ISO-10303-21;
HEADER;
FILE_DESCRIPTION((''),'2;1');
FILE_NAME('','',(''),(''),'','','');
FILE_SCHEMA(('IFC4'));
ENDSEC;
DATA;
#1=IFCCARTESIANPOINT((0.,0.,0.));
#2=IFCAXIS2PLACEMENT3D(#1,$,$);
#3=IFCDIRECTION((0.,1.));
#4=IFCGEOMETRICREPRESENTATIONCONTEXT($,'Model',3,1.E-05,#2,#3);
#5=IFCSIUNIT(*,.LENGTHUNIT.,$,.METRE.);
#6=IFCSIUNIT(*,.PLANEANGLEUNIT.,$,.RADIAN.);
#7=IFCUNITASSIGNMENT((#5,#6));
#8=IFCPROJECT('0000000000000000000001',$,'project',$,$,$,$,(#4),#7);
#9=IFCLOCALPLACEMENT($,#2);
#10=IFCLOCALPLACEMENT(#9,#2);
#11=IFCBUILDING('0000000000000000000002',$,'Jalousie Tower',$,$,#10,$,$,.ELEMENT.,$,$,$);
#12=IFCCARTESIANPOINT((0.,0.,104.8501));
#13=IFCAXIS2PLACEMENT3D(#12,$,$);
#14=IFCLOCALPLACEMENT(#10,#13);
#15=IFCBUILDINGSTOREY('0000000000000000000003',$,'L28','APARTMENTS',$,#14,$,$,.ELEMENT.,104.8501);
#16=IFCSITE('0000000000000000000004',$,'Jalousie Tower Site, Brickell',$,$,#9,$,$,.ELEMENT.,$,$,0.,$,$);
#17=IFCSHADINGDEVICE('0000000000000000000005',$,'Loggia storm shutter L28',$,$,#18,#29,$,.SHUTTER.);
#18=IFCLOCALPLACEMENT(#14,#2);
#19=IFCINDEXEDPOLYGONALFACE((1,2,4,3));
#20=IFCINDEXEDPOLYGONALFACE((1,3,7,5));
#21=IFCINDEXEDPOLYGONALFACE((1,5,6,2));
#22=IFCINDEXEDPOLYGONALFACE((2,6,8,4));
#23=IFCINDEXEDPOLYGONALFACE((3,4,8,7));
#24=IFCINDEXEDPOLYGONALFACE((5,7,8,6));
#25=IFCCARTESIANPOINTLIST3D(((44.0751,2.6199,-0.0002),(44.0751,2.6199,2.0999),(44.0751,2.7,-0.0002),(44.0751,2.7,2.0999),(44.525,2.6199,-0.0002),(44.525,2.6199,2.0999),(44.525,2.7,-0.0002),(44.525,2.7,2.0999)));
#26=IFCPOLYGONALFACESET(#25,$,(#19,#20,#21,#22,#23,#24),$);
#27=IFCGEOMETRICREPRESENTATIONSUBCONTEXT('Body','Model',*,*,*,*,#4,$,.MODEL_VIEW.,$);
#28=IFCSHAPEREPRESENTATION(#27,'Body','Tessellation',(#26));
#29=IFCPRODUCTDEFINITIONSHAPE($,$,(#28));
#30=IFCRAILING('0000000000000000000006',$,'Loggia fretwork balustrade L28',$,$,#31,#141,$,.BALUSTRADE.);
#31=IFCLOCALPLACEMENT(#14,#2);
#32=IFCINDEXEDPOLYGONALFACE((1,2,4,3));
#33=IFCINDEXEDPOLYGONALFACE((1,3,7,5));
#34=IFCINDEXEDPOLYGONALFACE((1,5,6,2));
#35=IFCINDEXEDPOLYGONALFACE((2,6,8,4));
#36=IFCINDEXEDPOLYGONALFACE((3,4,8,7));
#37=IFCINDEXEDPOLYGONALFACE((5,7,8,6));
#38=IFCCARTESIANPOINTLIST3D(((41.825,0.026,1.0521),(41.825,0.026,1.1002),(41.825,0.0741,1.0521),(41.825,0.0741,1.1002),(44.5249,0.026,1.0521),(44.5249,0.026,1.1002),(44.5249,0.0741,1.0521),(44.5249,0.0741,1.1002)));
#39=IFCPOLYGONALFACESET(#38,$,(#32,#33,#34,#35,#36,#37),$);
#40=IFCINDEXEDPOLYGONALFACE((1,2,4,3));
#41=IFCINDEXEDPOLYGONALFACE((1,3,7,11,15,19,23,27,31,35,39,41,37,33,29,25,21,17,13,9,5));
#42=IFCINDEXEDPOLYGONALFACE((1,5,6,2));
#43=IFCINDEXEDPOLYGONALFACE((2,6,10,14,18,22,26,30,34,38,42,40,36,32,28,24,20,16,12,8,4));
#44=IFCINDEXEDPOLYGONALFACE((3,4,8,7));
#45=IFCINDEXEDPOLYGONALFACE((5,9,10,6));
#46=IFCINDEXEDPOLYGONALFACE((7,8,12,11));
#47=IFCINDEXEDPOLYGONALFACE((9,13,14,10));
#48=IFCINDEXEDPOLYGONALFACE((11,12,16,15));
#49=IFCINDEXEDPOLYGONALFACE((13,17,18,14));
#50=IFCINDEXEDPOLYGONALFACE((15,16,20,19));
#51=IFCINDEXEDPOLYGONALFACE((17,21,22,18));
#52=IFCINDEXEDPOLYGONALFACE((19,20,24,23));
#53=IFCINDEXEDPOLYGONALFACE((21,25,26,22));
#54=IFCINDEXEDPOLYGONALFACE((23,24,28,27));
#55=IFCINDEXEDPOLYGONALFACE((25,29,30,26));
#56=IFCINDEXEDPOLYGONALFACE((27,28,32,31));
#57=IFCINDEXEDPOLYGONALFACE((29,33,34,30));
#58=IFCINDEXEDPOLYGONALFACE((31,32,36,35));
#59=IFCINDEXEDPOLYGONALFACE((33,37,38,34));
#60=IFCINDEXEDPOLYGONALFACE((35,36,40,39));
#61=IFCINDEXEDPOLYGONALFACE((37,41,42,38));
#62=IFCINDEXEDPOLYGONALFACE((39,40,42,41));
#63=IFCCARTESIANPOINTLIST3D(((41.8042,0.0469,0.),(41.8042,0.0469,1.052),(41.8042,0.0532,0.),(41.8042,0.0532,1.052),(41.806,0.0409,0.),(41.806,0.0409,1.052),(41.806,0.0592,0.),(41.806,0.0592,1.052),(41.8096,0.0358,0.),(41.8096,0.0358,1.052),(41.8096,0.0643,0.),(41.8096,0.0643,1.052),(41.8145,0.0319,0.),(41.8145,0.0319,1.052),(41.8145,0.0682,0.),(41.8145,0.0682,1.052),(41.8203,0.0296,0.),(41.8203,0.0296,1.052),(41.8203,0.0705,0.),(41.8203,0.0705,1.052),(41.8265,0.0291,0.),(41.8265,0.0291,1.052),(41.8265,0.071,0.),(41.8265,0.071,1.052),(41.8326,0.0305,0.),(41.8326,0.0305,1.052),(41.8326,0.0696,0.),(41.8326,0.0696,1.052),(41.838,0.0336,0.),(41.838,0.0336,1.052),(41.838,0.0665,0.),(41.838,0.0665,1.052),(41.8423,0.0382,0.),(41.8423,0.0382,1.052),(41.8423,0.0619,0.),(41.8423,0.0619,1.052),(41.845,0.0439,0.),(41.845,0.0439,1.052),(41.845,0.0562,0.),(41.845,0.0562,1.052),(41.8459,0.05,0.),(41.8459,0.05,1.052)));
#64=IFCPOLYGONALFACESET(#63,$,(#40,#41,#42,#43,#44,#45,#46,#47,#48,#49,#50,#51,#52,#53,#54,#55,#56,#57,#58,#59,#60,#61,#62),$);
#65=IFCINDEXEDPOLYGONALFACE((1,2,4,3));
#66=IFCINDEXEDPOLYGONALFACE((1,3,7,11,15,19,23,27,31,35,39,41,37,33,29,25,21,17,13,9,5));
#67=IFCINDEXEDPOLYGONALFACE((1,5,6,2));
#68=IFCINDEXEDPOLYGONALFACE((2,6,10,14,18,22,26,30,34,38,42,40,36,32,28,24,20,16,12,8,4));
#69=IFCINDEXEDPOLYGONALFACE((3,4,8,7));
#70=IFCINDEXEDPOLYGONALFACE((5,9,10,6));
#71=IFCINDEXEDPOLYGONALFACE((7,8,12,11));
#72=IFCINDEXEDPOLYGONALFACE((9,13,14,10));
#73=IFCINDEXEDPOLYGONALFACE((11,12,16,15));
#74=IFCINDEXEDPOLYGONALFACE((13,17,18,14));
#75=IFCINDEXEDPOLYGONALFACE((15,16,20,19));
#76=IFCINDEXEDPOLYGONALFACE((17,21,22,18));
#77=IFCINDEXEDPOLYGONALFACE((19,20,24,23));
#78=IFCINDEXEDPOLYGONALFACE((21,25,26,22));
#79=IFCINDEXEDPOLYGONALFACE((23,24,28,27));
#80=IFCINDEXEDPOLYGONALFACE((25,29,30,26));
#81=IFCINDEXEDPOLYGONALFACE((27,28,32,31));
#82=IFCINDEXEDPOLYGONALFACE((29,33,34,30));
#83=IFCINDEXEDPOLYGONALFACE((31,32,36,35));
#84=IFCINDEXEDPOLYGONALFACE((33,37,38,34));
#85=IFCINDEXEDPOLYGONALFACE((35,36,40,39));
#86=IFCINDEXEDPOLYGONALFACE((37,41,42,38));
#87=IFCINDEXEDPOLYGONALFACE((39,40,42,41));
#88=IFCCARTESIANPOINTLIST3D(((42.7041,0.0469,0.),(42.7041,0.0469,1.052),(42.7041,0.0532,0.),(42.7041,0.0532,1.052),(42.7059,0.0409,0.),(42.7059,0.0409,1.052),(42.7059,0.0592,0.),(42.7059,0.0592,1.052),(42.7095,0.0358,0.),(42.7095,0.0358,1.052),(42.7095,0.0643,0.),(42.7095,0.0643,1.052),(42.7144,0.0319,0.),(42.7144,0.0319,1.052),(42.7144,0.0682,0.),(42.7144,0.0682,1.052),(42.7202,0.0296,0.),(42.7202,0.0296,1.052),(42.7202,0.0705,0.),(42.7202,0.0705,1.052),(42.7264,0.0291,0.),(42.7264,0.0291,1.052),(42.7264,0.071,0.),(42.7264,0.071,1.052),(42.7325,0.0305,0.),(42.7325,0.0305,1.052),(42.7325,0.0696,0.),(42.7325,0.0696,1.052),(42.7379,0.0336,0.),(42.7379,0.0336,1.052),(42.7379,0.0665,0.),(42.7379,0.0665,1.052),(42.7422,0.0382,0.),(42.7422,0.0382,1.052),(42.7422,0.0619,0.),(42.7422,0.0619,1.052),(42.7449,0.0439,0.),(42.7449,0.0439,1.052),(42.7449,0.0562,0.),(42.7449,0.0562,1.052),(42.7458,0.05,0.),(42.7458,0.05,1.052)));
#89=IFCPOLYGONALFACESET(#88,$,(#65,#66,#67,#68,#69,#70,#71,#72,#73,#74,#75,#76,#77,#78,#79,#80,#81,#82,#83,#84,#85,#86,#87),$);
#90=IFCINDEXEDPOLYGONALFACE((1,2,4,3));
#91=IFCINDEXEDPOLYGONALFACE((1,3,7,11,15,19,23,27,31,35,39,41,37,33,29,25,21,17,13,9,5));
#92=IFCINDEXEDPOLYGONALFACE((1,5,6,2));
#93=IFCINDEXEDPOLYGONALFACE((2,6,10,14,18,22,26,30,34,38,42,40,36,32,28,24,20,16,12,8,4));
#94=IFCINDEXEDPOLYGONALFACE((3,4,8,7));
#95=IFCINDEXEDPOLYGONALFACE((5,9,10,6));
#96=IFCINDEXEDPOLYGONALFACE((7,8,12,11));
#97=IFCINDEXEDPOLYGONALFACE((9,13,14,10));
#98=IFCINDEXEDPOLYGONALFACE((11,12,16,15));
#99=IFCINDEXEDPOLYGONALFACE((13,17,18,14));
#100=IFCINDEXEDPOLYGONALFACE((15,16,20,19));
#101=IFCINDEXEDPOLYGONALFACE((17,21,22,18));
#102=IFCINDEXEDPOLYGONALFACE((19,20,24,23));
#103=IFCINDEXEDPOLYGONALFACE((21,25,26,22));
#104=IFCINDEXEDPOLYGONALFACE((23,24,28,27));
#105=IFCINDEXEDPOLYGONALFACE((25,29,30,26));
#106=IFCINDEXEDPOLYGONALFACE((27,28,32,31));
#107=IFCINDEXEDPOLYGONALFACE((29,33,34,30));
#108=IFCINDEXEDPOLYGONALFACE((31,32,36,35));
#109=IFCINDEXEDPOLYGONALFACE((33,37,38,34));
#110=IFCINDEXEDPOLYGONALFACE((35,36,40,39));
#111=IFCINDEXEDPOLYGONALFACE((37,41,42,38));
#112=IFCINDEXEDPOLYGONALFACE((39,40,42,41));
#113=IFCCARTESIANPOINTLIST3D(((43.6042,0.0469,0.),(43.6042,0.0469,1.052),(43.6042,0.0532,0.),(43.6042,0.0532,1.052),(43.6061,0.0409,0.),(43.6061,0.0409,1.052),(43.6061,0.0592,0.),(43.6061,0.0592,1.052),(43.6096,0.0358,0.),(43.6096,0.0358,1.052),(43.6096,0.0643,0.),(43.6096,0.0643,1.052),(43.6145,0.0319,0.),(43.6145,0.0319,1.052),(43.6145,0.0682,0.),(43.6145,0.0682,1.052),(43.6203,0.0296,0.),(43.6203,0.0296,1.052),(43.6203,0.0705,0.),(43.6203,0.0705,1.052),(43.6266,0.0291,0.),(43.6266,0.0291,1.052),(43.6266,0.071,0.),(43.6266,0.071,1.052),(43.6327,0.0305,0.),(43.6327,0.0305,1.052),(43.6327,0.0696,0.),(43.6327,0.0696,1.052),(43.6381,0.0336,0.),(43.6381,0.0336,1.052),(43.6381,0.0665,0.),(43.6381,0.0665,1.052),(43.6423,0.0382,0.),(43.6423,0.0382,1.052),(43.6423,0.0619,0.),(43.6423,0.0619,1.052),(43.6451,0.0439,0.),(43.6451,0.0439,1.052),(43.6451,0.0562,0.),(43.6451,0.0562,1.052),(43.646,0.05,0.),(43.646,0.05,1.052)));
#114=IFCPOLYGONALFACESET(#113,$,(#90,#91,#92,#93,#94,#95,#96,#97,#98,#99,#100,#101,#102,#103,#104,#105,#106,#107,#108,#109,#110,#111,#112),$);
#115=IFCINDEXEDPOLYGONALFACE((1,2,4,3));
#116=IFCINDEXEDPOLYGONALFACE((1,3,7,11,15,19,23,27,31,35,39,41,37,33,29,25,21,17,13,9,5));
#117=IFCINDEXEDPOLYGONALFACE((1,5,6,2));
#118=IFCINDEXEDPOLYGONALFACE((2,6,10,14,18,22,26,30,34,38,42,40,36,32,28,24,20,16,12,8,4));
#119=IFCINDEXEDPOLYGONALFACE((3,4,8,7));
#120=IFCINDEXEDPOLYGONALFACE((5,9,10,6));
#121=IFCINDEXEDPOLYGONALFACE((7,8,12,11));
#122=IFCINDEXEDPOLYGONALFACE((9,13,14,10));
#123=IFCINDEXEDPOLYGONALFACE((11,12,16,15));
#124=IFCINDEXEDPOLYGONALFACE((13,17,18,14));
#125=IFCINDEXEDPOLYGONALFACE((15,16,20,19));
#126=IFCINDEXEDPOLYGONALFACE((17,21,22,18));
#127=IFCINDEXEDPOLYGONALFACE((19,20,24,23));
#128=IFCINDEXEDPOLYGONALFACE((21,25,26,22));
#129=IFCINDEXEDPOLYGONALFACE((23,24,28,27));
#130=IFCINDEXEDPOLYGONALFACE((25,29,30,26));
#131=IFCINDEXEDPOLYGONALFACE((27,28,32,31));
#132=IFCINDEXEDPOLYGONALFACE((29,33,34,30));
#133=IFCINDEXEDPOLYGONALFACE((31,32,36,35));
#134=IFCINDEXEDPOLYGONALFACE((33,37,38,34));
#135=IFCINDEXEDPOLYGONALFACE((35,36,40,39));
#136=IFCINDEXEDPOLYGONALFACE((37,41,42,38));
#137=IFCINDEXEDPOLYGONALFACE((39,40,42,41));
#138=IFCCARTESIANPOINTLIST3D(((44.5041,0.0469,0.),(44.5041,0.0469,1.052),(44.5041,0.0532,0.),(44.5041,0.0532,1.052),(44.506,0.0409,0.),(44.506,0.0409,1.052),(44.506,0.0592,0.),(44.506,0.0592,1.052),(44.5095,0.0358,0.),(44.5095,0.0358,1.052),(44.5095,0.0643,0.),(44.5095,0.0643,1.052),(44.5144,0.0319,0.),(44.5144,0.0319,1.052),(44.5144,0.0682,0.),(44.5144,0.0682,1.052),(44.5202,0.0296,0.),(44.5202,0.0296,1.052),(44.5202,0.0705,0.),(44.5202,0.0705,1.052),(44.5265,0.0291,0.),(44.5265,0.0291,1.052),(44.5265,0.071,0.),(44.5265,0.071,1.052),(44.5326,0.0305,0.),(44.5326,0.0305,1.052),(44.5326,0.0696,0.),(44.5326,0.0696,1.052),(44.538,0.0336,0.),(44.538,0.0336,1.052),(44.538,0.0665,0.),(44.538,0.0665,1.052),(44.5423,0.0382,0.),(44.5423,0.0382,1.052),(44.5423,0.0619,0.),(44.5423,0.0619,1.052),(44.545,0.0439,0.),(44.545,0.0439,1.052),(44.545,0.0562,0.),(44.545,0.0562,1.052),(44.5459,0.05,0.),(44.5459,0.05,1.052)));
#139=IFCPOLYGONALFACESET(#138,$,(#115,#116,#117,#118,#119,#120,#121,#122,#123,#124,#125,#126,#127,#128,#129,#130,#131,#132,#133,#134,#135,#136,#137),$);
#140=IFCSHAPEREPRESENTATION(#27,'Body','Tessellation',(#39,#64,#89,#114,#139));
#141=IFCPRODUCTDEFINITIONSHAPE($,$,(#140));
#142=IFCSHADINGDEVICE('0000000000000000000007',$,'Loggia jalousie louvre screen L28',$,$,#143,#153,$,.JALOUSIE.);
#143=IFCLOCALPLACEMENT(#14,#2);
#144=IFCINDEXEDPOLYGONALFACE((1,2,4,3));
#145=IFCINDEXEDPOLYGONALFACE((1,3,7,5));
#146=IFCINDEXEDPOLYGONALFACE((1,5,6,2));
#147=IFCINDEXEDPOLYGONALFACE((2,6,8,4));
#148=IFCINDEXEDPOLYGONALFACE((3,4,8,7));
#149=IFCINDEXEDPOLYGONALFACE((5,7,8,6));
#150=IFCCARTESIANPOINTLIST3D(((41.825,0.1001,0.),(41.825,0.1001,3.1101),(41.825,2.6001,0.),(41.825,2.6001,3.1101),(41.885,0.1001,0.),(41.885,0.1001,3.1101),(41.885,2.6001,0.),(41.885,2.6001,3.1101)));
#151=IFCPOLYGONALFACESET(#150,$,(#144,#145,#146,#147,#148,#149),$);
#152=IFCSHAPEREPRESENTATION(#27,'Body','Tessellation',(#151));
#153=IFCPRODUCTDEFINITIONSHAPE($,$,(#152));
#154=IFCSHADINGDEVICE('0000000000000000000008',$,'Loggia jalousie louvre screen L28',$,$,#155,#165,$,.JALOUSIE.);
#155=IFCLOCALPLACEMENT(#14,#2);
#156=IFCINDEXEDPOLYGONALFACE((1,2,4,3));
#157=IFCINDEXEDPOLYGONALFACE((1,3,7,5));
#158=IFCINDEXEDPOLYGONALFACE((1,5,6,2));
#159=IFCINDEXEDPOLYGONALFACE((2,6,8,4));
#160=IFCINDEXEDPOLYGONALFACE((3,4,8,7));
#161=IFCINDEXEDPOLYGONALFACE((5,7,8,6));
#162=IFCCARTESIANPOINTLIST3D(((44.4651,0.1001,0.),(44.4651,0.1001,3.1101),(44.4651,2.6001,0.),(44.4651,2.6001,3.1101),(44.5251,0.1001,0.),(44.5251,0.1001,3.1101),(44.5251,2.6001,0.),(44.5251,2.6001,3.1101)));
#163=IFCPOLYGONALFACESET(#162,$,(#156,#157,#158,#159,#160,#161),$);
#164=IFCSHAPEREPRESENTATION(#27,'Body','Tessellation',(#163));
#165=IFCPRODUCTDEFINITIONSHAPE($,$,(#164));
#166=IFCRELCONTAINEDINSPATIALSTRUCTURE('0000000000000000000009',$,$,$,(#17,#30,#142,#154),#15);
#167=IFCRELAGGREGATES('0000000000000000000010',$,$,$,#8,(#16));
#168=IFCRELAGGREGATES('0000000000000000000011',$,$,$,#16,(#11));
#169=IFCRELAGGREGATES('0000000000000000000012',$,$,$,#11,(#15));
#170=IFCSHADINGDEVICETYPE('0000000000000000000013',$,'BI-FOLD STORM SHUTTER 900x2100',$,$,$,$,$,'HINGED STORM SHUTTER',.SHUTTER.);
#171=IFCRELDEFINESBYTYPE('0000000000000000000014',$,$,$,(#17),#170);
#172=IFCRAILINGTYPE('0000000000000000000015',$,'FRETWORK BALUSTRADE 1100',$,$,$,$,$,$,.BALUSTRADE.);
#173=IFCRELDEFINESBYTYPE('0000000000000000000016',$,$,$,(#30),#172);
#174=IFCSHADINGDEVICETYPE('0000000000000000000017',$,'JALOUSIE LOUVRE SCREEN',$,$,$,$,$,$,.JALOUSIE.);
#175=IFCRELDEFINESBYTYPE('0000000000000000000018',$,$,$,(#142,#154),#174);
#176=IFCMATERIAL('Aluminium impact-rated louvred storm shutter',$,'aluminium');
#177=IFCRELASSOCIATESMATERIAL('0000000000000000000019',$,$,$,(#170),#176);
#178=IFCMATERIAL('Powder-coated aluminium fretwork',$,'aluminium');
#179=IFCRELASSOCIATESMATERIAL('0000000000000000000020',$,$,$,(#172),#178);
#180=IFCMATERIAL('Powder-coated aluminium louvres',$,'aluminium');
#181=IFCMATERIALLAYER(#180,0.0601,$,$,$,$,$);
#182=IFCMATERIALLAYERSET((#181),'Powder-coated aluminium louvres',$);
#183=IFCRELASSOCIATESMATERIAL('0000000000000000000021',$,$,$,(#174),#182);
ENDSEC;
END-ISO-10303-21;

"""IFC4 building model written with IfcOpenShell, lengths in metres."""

from ifc_helpers import new_model, si_unit, direction, frame, origin, origin_2d, place, context, subcontext, project, spatial, rectangle, circle, extrude, material, layer, layer_set, type_object, element, save


model = new_model("IFC4")

# Units and contexts
model_context = context("Model", 3, precision=1e-05, world=origin(), true_north=direction((0.0, 1.0)))
body_context = subcontext(model_context, "Body", "Model", "MODEL_VIEW")
ifc_project = project(units=[si_unit("LENGTHUNIT", "METRE"), si_unit("PLANEANGLEUNIT", "RADIAN")], contexts=[model_context])

# Site, building, storey
site_placement = place(None, origin())
site = spatial("IfcSite", under=ifc_project, at=site_placement, Name="Jalousie Tower Site, Brickell", CompositionType="ELEMENT", RefElevation=0.0)
building_placement = place(site_placement, origin())
building = spatial("IfcBuilding", under=site, at=building_placement, Name="Jalousie Tower", CompositionType="ELEMENT")
storey_placement = place(building_placement, frame((0.0, 0.0, 104.8501)))
storey = spatial("IfcBuildingStorey", under=building, at=storey_placement, Name="L28", Description="APARTMENTS", CompositionType="ELEMENT", Elevation=104.8501)

# Shading device
ifc_material_1 = material(Name="Aluminium impact-rated louvred storm shutter", Category="aluminium")
shading_device_type_1 = type_object("IfcShadingDeviceType", Name="BI-FOLD STORM SHUTTER 900x2100", ElementType="HINGED STORM SHUTTER", PredefinedType="SHUTTER", material=ifc_material_1)
for number, where, z_axis, x_axis, name in (
    (1, (44.3, 2.6599, -0.0002), (0.0, 0.0, 1.0), (1.0, 0.0, 0.0), "Loggia storm shutter L28"),
):
    element("IfcShadingDevice", number, at=place(storey_placement, frame(where, z_axis=z_axis, x_axis=x_axis)), inside=storey, type_object=shading_device_type_1, Name=name, PredefinedType="SHUTTER", context=body_context, shape_type="SweptSolid", body=[
        extrude(rectangle(XDim=0.45, YDim=0.0801, at=origin_2d()), origin(), (0.0, 0.0, 1.0), 2.1001),
    ])

# Railing
ifc_material_2 = material(Name="Powder-coated aluminium fretwork", Category="aluminium")
railing_type = type_object("IfcRailingType", Name="FRETWORK BALUSTRADE 1100", PredefinedType="BALUSTRADE", material=ifc_material_2)
railing_placement = place(storey_placement, frame((41.825, 0.05, 0.0)))
element("IfcRailing", 2, at=railing_placement, inside=storey, type_object=railing_type, Name="Loggia fretwork balustrade L28", PredefinedType="BALUSTRADE", context=body_context, shape_type="SweptSolid", body=[
    extrude(rectangle(XDim=0.0481, YDim=0.0481, at=origin_2d()), frame((0.0, 0.0, 1.0762), z_axis=(1.0, 0.0, 0.0), x_axis=(0.0, 1.0, 0.0)), (0.0, 0.0, 1.0), 2.7),
    extrude(circle(Radius=0.021, at=origin_2d()), origin(), (0.0, 0.0, 1.0), 1.052),
    extrude(circle(Radius=0.021, at=origin_2d()), frame((0.8999, 0.0, 0.0)), (0.0, 0.0, 1.0), 1.052),
    extrude(circle(Radius=0.021, at=origin_2d()), frame((1.8, 0.0, 0.0)), (0.0, 0.0, 1.0), 1.052),
    extrude(circle(Radius=0.021, at=origin_2d()), frame((2.7, 0.0, 0.0)), (0.0, 0.0, 1.0), 1.052),
])

# Shading devices
ifc_material_3 = material(Name="Powder-coated aluminium louvres", Category="aluminium")
ifc_layer_1 = layer(ifc_material_3, 0.0601)
ifc_layer_set_1 = layer_set([ifc_layer_1], Name="Powder-coated aluminium louvres")
shading_device_type_2 = type_object("IfcShadingDeviceType", Name="JALOUSIE LOUVRE SCREEN", PredefinedType="JALOUSIE", material=ifc_layer_set_1)
for number, where, z_axis, x_axis, name in (
    (3, (41.855, 1.3501, 0.0), (0.0, 0.0, 1.0), (1.0, 0.0, 0.0), "Loggia jalousie louvre screen L28"),
    (4, (44.4951, 1.3501, 0.0), (0.0, 0.0, 1.0), (1.0, 0.0, 0.0), "Loggia jalousie louvre screen L28"),
):
    element("IfcShadingDevice", number, at=place(storey_placement, frame(where, z_axis=z_axis, x_axis=x_axis)), inside=storey, type_object=shading_device_type_2, Name=name, PredefinedType="JALOUSIE", context=body_context, shape_type="SweptSolid", body=[
        extrude(rectangle(XDim=0.0601, YDim=2.5, at=origin_2d()), origin(), (0.0, 0.0, 1.0), 3.1101),
    ])

save(model, "model.ifc")
